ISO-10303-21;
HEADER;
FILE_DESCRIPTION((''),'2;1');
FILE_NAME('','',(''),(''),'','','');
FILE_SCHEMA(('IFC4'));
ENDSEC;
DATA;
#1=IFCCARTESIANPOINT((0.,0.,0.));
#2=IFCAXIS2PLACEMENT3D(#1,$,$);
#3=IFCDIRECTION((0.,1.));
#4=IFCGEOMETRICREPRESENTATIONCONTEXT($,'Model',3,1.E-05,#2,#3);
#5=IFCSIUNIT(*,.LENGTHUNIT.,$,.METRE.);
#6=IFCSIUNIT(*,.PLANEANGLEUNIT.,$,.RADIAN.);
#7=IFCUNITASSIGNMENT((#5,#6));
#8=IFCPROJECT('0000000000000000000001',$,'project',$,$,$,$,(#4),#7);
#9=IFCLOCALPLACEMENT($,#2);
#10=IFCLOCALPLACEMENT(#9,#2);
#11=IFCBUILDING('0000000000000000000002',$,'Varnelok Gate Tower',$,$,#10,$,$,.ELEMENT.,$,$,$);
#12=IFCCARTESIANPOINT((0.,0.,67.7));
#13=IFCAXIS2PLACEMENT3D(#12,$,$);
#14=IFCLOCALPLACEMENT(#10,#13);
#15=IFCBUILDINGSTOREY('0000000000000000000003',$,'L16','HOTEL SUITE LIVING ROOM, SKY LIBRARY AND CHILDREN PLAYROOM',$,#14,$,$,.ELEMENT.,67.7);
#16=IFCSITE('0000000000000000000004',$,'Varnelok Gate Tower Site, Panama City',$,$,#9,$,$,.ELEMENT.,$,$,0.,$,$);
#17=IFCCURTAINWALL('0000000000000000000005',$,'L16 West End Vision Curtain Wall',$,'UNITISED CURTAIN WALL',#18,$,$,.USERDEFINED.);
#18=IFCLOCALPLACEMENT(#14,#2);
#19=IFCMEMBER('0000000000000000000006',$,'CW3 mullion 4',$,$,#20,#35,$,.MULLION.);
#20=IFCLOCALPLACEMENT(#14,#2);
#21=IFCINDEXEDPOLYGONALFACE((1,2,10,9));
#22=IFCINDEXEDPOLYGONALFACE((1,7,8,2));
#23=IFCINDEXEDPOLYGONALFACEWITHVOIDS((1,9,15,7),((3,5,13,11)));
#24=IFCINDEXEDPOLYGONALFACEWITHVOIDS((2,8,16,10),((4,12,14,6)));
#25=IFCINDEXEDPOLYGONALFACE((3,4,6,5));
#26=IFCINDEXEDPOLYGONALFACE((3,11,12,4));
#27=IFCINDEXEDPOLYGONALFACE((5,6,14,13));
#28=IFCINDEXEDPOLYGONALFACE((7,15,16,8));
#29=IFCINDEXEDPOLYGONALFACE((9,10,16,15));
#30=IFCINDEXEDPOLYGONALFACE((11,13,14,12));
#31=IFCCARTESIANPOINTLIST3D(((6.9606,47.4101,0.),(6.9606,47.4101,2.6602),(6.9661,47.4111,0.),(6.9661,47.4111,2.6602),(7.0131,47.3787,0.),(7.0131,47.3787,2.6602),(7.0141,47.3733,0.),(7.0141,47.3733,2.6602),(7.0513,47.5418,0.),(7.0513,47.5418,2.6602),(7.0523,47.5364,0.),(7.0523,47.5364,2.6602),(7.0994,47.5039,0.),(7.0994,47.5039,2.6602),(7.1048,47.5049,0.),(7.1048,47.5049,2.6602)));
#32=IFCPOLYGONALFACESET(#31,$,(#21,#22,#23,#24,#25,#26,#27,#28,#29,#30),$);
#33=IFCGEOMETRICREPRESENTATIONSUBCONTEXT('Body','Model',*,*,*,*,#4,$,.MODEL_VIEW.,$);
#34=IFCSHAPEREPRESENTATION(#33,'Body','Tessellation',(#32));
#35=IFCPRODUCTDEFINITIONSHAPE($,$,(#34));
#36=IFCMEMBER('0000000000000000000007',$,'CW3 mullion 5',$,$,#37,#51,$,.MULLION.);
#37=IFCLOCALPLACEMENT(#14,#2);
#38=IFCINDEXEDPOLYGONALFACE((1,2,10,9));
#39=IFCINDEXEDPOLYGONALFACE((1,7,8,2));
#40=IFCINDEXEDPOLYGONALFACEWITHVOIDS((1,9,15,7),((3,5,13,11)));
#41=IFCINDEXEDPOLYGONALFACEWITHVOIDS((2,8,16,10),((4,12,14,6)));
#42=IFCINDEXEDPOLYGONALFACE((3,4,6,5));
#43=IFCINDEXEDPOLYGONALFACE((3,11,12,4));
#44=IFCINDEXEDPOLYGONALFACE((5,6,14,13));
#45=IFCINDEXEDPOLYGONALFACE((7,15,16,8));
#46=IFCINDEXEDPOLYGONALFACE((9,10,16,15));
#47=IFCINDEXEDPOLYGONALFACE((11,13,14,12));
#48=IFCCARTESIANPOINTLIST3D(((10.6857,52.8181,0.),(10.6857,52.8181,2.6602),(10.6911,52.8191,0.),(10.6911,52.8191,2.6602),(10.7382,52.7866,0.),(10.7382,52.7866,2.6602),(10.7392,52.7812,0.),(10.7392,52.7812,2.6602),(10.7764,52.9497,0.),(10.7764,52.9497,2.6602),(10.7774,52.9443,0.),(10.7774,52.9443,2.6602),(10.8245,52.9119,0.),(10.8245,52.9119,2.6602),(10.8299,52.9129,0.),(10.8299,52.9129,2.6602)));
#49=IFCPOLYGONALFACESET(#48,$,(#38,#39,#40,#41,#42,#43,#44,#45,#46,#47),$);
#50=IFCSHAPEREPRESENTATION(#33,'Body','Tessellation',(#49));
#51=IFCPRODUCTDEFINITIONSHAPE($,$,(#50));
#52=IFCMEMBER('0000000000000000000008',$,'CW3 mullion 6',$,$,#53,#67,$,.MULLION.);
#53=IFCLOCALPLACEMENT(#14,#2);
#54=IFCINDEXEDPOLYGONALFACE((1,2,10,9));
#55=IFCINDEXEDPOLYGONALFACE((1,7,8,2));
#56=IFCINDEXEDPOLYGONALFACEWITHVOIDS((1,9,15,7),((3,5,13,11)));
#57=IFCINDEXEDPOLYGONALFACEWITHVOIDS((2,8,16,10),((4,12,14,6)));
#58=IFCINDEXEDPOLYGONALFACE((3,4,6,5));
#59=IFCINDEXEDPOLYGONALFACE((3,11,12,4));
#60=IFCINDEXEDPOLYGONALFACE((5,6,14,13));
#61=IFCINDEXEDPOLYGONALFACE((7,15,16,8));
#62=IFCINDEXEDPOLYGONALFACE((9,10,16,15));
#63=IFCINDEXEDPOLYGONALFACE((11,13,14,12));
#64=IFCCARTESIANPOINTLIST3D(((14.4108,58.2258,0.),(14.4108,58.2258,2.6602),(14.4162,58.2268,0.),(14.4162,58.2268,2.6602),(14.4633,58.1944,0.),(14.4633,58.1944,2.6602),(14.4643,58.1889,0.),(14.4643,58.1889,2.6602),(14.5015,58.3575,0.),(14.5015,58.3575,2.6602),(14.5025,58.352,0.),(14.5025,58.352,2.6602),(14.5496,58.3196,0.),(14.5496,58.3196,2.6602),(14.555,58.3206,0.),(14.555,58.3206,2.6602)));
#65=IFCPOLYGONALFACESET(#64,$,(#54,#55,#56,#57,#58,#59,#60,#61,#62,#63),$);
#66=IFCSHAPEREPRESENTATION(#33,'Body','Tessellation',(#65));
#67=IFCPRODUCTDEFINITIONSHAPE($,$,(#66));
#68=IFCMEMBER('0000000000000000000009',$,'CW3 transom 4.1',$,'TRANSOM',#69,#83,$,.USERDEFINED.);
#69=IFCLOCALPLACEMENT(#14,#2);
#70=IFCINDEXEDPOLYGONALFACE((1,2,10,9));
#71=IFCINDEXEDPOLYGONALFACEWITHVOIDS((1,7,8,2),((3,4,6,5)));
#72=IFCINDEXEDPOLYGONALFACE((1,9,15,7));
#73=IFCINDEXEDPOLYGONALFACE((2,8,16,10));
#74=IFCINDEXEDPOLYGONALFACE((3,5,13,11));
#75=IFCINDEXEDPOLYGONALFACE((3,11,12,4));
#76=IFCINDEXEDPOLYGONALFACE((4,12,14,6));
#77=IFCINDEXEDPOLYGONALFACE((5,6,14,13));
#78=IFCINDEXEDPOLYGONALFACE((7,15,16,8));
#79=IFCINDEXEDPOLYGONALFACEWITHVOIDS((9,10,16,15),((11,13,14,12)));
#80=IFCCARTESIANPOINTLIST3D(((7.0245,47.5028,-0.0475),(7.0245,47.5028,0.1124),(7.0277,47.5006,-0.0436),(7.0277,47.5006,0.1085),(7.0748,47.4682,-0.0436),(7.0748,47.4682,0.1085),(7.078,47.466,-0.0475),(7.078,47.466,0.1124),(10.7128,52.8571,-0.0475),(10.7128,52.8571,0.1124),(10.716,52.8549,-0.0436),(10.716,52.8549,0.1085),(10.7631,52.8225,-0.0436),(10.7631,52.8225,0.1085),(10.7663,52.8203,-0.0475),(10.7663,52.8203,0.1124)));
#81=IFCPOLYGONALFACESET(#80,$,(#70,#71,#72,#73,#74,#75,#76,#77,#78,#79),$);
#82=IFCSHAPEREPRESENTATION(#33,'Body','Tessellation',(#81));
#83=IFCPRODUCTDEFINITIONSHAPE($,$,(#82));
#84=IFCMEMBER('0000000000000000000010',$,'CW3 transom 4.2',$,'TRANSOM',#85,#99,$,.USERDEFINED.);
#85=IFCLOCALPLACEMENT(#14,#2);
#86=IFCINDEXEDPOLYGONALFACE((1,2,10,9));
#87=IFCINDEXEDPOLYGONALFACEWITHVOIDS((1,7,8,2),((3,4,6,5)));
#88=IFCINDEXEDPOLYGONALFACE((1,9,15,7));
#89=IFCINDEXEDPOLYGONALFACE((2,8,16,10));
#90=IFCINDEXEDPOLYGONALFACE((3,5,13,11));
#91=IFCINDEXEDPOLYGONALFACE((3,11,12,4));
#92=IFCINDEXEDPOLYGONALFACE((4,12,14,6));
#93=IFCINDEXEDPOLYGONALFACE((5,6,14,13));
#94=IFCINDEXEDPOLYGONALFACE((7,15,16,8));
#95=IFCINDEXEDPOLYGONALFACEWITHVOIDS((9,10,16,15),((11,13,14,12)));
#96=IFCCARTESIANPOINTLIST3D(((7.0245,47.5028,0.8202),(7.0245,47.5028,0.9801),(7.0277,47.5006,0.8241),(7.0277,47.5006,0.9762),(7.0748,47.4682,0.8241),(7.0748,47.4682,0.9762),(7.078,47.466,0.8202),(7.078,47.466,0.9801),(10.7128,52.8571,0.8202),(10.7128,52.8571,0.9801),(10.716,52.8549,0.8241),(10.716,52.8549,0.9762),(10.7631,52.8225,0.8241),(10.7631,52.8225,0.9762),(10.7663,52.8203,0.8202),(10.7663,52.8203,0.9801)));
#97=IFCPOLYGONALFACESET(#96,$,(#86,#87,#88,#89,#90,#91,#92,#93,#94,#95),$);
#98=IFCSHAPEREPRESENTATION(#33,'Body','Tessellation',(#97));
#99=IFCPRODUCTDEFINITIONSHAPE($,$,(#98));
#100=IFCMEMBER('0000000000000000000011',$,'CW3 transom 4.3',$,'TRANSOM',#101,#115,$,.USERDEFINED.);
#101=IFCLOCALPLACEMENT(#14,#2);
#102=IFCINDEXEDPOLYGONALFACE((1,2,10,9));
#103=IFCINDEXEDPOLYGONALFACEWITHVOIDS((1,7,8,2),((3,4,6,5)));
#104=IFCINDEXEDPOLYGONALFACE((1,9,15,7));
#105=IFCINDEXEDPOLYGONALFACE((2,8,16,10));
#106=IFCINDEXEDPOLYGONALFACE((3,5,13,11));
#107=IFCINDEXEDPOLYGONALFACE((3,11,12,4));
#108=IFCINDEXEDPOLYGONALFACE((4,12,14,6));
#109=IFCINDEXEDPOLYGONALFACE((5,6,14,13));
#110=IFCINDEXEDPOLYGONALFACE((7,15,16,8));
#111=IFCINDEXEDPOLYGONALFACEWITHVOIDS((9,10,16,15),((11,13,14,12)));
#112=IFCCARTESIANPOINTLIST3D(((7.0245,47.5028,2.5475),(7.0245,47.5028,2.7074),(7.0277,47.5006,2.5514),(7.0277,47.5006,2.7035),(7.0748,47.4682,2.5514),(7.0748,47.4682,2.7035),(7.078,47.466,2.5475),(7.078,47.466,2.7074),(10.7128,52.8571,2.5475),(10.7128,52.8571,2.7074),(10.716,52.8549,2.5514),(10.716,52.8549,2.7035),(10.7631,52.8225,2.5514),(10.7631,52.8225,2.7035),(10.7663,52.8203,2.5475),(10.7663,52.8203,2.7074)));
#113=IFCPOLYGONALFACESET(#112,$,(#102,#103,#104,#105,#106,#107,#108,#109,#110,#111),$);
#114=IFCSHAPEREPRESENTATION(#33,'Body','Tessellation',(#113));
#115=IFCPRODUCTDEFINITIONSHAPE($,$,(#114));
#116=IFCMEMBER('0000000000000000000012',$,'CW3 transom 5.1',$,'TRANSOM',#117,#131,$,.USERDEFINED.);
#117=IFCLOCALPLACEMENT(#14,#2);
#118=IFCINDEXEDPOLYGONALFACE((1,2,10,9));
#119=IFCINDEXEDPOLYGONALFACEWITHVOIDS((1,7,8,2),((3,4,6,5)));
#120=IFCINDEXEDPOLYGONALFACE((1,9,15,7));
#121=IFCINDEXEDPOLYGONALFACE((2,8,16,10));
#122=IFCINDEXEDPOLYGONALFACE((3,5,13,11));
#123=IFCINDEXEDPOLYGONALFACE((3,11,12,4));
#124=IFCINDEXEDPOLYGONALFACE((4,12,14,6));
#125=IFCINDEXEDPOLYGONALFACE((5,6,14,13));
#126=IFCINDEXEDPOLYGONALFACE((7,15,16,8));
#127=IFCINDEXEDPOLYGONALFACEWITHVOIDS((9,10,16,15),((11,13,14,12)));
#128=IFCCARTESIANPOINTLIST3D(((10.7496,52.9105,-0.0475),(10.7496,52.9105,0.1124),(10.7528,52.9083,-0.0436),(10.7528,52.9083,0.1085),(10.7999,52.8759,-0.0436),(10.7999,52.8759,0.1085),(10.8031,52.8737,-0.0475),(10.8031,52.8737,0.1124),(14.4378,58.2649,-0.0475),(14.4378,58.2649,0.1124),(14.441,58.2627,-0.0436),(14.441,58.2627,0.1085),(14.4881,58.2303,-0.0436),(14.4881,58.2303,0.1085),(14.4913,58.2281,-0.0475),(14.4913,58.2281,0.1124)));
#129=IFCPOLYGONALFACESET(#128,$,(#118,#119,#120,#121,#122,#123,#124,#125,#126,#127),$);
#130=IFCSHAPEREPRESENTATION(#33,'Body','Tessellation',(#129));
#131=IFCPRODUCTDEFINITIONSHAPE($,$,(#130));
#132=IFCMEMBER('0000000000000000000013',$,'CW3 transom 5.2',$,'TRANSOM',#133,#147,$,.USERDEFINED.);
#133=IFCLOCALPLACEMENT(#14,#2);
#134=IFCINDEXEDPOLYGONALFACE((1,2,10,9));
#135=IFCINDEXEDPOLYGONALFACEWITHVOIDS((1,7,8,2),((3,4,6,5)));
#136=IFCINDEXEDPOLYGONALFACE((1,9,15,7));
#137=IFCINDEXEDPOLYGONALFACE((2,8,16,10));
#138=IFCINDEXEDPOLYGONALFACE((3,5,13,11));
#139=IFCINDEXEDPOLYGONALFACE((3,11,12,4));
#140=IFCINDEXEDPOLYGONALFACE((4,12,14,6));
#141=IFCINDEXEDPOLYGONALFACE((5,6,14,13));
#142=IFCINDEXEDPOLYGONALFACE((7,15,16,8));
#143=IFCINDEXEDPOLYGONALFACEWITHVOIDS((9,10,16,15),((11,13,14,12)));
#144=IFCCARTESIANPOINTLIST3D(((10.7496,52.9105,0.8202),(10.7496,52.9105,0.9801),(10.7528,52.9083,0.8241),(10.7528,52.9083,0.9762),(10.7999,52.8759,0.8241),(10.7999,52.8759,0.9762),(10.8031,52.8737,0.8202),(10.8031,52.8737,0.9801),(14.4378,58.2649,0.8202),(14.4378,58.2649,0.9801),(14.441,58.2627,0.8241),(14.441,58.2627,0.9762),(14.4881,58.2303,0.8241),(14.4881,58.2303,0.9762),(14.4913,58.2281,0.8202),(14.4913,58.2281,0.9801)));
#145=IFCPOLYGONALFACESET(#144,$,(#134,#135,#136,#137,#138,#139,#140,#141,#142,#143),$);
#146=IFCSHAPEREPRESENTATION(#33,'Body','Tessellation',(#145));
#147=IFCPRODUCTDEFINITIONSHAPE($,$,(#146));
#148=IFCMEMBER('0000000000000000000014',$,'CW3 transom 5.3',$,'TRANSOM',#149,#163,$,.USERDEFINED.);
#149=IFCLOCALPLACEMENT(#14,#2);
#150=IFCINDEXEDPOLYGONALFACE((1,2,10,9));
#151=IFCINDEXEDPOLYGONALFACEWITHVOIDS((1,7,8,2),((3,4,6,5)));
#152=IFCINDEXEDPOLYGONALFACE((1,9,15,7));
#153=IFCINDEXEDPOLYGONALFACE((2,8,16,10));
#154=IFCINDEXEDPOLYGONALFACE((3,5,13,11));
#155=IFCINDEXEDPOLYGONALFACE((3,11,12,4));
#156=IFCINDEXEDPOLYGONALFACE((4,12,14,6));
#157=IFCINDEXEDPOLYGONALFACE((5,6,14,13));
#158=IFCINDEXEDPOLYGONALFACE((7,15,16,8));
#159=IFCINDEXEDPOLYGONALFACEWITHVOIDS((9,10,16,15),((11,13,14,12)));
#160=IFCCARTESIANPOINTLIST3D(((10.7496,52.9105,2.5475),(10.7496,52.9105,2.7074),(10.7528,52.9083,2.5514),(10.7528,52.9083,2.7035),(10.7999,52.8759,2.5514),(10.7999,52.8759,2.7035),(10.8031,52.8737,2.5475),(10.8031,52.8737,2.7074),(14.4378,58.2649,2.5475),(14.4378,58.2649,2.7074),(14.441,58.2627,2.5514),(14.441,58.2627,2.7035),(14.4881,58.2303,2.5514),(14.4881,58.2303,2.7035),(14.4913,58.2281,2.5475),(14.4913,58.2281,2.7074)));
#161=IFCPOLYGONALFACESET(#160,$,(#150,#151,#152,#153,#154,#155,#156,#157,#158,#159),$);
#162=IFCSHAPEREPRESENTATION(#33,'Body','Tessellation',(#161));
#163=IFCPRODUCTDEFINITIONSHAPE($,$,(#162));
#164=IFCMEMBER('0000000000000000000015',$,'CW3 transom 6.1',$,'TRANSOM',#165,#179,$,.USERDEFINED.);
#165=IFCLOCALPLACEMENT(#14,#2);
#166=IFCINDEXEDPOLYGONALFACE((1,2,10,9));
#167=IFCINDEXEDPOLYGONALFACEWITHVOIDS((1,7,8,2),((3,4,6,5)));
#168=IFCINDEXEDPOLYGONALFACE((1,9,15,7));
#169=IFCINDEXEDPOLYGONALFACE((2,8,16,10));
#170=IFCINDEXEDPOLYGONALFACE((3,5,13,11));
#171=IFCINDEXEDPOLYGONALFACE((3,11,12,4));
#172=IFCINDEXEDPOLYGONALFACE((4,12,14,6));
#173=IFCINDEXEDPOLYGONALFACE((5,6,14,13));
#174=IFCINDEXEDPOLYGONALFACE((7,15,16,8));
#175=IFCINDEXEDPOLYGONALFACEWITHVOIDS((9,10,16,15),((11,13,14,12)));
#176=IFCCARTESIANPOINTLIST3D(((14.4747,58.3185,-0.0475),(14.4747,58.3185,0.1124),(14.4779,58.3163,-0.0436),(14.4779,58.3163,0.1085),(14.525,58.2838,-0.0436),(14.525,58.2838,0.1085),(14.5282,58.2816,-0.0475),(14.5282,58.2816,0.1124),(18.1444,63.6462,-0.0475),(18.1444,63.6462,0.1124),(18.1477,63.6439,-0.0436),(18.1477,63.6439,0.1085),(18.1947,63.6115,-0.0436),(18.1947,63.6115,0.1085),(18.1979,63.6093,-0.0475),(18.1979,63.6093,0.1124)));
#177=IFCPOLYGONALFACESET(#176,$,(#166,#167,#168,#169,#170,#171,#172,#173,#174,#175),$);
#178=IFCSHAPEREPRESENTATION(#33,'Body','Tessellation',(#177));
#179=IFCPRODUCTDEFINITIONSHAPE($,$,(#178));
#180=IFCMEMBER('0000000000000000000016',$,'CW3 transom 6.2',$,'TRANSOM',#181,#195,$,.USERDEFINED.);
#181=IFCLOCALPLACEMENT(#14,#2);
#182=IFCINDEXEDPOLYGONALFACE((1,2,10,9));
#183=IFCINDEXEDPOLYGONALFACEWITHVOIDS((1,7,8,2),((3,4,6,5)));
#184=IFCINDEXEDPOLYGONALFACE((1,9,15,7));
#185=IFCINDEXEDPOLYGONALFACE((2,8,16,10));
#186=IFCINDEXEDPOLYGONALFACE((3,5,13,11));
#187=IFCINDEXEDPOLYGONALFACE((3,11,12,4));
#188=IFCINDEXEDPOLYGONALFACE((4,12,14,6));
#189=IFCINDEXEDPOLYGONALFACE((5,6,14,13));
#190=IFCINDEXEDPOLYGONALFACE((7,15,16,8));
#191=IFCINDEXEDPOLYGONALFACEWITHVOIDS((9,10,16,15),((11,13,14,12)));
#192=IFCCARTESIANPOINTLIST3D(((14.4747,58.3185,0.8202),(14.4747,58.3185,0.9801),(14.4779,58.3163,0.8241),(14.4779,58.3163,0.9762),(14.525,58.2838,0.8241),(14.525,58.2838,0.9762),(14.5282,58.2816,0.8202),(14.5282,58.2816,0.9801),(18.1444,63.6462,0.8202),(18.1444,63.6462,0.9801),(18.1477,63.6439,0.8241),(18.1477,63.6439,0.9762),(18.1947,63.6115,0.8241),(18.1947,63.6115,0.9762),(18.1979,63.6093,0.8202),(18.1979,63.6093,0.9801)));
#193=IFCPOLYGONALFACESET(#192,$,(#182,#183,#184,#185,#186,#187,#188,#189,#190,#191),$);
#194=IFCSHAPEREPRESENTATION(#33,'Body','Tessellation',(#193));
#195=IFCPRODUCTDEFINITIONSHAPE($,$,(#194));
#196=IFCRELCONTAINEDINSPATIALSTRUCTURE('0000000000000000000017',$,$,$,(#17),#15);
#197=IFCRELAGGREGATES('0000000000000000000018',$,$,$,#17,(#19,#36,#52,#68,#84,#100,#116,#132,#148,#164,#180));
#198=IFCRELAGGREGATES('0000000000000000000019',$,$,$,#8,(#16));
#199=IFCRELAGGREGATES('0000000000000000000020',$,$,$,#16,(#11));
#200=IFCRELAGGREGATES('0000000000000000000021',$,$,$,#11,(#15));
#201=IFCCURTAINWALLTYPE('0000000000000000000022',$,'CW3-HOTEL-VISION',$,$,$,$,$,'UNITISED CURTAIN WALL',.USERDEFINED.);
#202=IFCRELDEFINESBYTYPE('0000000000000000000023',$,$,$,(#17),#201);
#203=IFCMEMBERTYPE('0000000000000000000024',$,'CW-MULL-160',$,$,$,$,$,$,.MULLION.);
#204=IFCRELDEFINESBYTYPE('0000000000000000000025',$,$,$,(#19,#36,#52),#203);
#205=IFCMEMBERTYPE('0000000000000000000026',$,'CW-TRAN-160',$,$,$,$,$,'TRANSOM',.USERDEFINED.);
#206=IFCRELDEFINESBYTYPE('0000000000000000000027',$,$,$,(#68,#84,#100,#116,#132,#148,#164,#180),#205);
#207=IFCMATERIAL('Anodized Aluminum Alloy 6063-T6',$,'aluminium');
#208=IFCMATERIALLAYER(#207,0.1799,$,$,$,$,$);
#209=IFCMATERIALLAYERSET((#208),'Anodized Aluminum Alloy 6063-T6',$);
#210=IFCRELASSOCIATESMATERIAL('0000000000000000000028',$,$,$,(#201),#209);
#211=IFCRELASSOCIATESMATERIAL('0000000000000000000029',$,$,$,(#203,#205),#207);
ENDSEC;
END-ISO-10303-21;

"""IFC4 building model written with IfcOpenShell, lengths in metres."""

from ifc_helpers import new_model, si_unit, direction, frame, origin, origin_2d, place, context, subcontext, project, spatial, hollow_rectangle, extrude, material, layer, layer_set, material_profile, profile_set, type_object, element, aggregate, save


model = new_model("IFC4")

# Units and contexts
model_context = context("Model", 3, precision=1e-05, world=origin(), true_north=direction((0.0, 1.0)))
body_context = subcontext(model_context, "Body", "Model", "MODEL_VIEW")
ifc_project = project(units=[si_unit("LENGTHUNIT", "METRE"), si_unit("PLANEANGLEUNIT", "RADIAN")], contexts=[model_context])

# Site, building, storey
site_placement = place(None, origin())
site = spatial("IfcSite", under=ifc_project, at=site_placement, Name="Varnelok Gate Tower Site, Panama City", CompositionType="ELEMENT", RefElevation=0.0)
building_placement = place(site_placement, origin())
building = spatial("IfcBuilding", under=site, at=building_placement, Name="Varnelok Gate Tower", CompositionType="ELEMENT")
storey_placement = place(building_placement, frame((0.0, 0.0, 67.7)))
storey = spatial("IfcBuildingStorey", under=building, at=storey_placement, Name="L16", Description="HOTEL SUITE LIVING ROOM, SKY LIBRARY AND CHILDREN PLAYROOM", CompositionType="ELEMENT", Elevation=67.7)

# Curtain wall, members
ifc_material_1 = material(Name="Anodized Aluminum Alloy 6063-T6", Category="aluminium")
ifc_layer_1 = layer(ifc_material_1, 0.1799)
ifc_layer_set_1 = layer_set([ifc_layer_1], Name="Anodized Aluminum Alloy 6063-T6")
curtain_wall_type = type_object("IfcCurtainWallType", Name="CW3-HOTEL-VISION", ElementType="UNITISED CURTAIN WALL", PredefinedType="USERDEFINED", material=ifc_layer_set_1)
curtain_wall_placement = place(storey_placement, origin())
curtain_wall = element("IfcCurtainWall", 1, at=curtain_wall_placement, inside=storey, type_object=curtain_wall_type, Name="L16 West End Vision Curtain Wall", ObjectType="UNITISED CURTAIN WALL", PredefinedType="USERDEFINED")
ifc_material_profile_1 = material_profile(ifc_material_1, hollow_rectangle(XDim=0.0649, YDim=0.1599, WallThickness=0.0039, at=origin_2d()), Name="ALU160X65X4")
ifc_profile_set_1 = profile_set([ifc_material_profile_1], Name="Anodized Aluminum Alloy 6063-T6")
member_type_1 = type_object("IfcMemberType", Name="CW-MULL-160", PredefinedType="MULLION", material=ifc_profile_set_1)
member_1_placement = place(storey_placement, frame((7.0327, 47.4575, 0.0), z_axis=(0.0, 0.0, 1.0), x_axis=(-0.823533, 0.567269, 0.0)))
member_1 = element("IfcMember", 2, at=member_1_placement, type_object=member_type_1, Name="CW3 mullion 4", PredefinedType="MULLION", context=body_context, shape_type="SweptSolid", body=[
    extrude(hollow_rectangle(XDim=0.0649, YDim=0.1599, WallThickness=0.0039, at=origin_2d()), origin(), (0.0, 0.0, 1.0), 2.6602),
])
member_2_placement = place(storey_placement, frame((10.7578, 52.8655, 0.0), z_axis=(0.0, 0.0, 1.0), x_axis=(-0.823533, 0.567269, 0.0)))
member_2 = element("IfcMember", 3, at=member_2_placement, type_object=member_type_1, Name="CW3 mullion 5", PredefinedType="MULLION", context=body_context, shape_type="SweptSolid", body=[
    extrude(hollow_rectangle(XDim=0.0649, YDim=0.1599, WallThickness=0.0039, at=origin_2d()), origin(), (0.0, 0.0, 1.0), 2.6602),
])
member_3_placement = place(storey_placement, frame((14.4829, 58.2732, 0.0), z_axis=(0.0, 0.0, 1.0), x_axis=(-0.823533, 0.567269, 0.0)))
member_3 = element("IfcMember", 4, at=member_3_placement, type_object=member_type_1, Name="CW3 mullion 6", PredefinedType="MULLION", context=body_context, shape_type="SweptSolid", body=[
    extrude(hollow_rectangle(XDim=0.0649, YDim=0.1599, WallThickness=0.0039, at=origin_2d()), origin(), (0.0, 0.0, 1.0), 2.6602),
])
ifc_material_profile_2 = material_profile(ifc_material_1, hollow_rectangle(XDim=0.0649, YDim=0.1599, WallThickness=0.0039, at=origin_2d()), Name="ALU160X65X4")
ifc_profile_set_2 = profile_set([ifc_material_profile_2], Name="Anodized Aluminum Alloy 6063-T6")
member_type_2 = type_object("IfcMemberType", Name="CW-TRAN-160", ElementType="TRANSOM", PredefinedType="USERDEFINED", material=ifc_profile_set_2)
member_4_placement = place(storey_placement, frame((7.0513, 47.4844, 0.0325), z_axis=(0.567279, 0.823526, 0.0), x_axis=(-0.823526, 0.567279, 0.0)))
member_4 = element("IfcMember", 5, at=member_4_placement, type_object=member_type_2, Name="CW3 transom 4.1", ObjectType="TRANSOM", PredefinedType="USERDEFINED", context=body_context, shape_type="SweptSolid", body=[
    extrude(hollow_rectangle(XDim=0.0649, YDim=0.1599, WallThickness=0.0039, at=origin_2d()), origin(), (0.0, 0.0, 1.0), 6.5017),
])
member_5_placement = place(storey_placement, frame((7.0513, 47.4844, 0.9001), z_axis=(0.567279, 0.823526, 0.0), x_axis=(-0.823526, 0.567279, 0.0)))
member_5 = element("IfcMember", 6, at=member_5_placement, type_object=member_type_2, Name="CW3 transom 4.2", ObjectType="TRANSOM", PredefinedType="USERDEFINED", context=body_context, shape_type="SweptSolid", body=[
    extrude(hollow_rectangle(XDim=0.0649, YDim=0.1599, WallThickness=0.0039, at=origin_2d()), origin(), (0.0, 0.0, 1.0), 6.5017),
])
member_6_placement = place(storey_placement, frame((7.0513, 47.4844, 2.6274), z_axis=(0.567279, 0.823526, 0.0), x_axis=(-0.823526, 0.567279, 0.0)))
member_6 = element("IfcMember", 7, at=member_6_placement, type_object=member_type_2, Name="CW3 transom 4.3", ObjectType="TRANSOM", PredefinedType="USERDEFINED", context=body_context, shape_type="SweptSolid", body=[
    extrude(hollow_rectangle(XDim=0.0649, YDim=0.1599, WallThickness=0.0039, at=origin_2d()), origin(), (0.0, 0.0, 1.0), 6.5017),
])
member_7_placement = place(storey_placement, frame((10.7764, 52.8921, 0.0325), z_axis=(0.567262, 0.823538, 0.0), x_axis=(-0.823538, 0.567262, 0.0)))
member_7 = element("IfcMember", 8, at=member_7_placement, type_object=member_type_2, Name="CW3 transom 5.1", ObjectType="TRANSOM", PredefinedType="USERDEFINED", context=body_context, shape_type="SweptSolid", body=[
    extrude(hollow_rectangle(XDim=0.0649, YDim=0.1599, WallThickness=0.0039, at=origin_2d()), origin(), (0.0, 0.0, 1.0), 6.5017),
])
member_8_placement = place(storey_placement, frame((10.7764, 52.8921, 0.9001), z_axis=(0.567262, 0.823538, 0.0), x_axis=(-0.823538, 0.567262, 0.0)))
member_8 = element("IfcMember", 9, at=member_8_placement, type_object=member_type_2, Name="CW3 transom 5.2", ObjectType="TRANSOM", PredefinedType="USERDEFINED", context=body_context, shape_type="SweptSolid", body=[
    extrude(hollow_rectangle(XDim=0.0649, YDim=0.1599, WallThickness=0.0039, at=origin_2d()), origin(), (0.0, 0.0, 1.0), 6.5017),
])
member_9_placement = place(storey_placement, frame((10.7764, 52.8921, 2.6274), z_axis=(0.567262, 0.823538, 0.0), x_axis=(-0.823538, 0.567262, 0.0)))
member_9 = element("IfcMember", 10, at=member_9_placement, type_object=member_type_2, Name="CW3 transom 5.3", ObjectType="TRANSOM", PredefinedType="USERDEFINED", context=body_context, shape_type="SweptSolid", body=[
    extrude(hollow_rectangle(XDim=0.0649, YDim=0.1599, WallThickness=0.0039, at=origin_2d()), origin(), (0.0, 0.0, 1.0), 6.5017),
])
member_10_placement = place(storey_placement, frame((14.5015, 58.3, 0.0325), z_axis=(0.567256, 0.823542, 0.0), x_axis=(-0.823542, 0.567256, 0.0)))
member_10 = element("IfcMember", 11, at=member_10_placement, type_object=member_type_2, Name="CW3 transom 6.1", ObjectType="TRANSOM", PredefinedType="USERDEFINED", context=body_context, shape_type="SweptSolid", body=[
    extrude(hollow_rectangle(XDim=0.0649, YDim=0.1599, WallThickness=0.0039, at=origin_2d()), origin(), (0.0, 0.0, 1.0), 6.4692),
])
member_11_placement = place(storey_placement, frame((14.5015, 58.3, 0.9001), z_axis=(0.567256, 0.823542, 0.0), x_axis=(-0.823542, 0.567256, 0.0)))
member_11 = element("IfcMember", 12, at=member_11_placement, type_object=member_type_2, Name="CW3 transom 6.2", ObjectType="TRANSOM", PredefinedType="USERDEFINED", context=body_context, shape_type="SweptSolid", body=[
    extrude(hollow_rectangle(XDim=0.0649, YDim=0.1599, WallThickness=0.0039, at=origin_2d()), origin(), (0.0, 0.0, 1.0), 6.4692),
])
aggregate(curtain_wall, [member_1, member_2, member_3, member_4, member_5, member_6, member_7, member_8, member_9, member_10, member_11])

save(model, "model.ifc")
